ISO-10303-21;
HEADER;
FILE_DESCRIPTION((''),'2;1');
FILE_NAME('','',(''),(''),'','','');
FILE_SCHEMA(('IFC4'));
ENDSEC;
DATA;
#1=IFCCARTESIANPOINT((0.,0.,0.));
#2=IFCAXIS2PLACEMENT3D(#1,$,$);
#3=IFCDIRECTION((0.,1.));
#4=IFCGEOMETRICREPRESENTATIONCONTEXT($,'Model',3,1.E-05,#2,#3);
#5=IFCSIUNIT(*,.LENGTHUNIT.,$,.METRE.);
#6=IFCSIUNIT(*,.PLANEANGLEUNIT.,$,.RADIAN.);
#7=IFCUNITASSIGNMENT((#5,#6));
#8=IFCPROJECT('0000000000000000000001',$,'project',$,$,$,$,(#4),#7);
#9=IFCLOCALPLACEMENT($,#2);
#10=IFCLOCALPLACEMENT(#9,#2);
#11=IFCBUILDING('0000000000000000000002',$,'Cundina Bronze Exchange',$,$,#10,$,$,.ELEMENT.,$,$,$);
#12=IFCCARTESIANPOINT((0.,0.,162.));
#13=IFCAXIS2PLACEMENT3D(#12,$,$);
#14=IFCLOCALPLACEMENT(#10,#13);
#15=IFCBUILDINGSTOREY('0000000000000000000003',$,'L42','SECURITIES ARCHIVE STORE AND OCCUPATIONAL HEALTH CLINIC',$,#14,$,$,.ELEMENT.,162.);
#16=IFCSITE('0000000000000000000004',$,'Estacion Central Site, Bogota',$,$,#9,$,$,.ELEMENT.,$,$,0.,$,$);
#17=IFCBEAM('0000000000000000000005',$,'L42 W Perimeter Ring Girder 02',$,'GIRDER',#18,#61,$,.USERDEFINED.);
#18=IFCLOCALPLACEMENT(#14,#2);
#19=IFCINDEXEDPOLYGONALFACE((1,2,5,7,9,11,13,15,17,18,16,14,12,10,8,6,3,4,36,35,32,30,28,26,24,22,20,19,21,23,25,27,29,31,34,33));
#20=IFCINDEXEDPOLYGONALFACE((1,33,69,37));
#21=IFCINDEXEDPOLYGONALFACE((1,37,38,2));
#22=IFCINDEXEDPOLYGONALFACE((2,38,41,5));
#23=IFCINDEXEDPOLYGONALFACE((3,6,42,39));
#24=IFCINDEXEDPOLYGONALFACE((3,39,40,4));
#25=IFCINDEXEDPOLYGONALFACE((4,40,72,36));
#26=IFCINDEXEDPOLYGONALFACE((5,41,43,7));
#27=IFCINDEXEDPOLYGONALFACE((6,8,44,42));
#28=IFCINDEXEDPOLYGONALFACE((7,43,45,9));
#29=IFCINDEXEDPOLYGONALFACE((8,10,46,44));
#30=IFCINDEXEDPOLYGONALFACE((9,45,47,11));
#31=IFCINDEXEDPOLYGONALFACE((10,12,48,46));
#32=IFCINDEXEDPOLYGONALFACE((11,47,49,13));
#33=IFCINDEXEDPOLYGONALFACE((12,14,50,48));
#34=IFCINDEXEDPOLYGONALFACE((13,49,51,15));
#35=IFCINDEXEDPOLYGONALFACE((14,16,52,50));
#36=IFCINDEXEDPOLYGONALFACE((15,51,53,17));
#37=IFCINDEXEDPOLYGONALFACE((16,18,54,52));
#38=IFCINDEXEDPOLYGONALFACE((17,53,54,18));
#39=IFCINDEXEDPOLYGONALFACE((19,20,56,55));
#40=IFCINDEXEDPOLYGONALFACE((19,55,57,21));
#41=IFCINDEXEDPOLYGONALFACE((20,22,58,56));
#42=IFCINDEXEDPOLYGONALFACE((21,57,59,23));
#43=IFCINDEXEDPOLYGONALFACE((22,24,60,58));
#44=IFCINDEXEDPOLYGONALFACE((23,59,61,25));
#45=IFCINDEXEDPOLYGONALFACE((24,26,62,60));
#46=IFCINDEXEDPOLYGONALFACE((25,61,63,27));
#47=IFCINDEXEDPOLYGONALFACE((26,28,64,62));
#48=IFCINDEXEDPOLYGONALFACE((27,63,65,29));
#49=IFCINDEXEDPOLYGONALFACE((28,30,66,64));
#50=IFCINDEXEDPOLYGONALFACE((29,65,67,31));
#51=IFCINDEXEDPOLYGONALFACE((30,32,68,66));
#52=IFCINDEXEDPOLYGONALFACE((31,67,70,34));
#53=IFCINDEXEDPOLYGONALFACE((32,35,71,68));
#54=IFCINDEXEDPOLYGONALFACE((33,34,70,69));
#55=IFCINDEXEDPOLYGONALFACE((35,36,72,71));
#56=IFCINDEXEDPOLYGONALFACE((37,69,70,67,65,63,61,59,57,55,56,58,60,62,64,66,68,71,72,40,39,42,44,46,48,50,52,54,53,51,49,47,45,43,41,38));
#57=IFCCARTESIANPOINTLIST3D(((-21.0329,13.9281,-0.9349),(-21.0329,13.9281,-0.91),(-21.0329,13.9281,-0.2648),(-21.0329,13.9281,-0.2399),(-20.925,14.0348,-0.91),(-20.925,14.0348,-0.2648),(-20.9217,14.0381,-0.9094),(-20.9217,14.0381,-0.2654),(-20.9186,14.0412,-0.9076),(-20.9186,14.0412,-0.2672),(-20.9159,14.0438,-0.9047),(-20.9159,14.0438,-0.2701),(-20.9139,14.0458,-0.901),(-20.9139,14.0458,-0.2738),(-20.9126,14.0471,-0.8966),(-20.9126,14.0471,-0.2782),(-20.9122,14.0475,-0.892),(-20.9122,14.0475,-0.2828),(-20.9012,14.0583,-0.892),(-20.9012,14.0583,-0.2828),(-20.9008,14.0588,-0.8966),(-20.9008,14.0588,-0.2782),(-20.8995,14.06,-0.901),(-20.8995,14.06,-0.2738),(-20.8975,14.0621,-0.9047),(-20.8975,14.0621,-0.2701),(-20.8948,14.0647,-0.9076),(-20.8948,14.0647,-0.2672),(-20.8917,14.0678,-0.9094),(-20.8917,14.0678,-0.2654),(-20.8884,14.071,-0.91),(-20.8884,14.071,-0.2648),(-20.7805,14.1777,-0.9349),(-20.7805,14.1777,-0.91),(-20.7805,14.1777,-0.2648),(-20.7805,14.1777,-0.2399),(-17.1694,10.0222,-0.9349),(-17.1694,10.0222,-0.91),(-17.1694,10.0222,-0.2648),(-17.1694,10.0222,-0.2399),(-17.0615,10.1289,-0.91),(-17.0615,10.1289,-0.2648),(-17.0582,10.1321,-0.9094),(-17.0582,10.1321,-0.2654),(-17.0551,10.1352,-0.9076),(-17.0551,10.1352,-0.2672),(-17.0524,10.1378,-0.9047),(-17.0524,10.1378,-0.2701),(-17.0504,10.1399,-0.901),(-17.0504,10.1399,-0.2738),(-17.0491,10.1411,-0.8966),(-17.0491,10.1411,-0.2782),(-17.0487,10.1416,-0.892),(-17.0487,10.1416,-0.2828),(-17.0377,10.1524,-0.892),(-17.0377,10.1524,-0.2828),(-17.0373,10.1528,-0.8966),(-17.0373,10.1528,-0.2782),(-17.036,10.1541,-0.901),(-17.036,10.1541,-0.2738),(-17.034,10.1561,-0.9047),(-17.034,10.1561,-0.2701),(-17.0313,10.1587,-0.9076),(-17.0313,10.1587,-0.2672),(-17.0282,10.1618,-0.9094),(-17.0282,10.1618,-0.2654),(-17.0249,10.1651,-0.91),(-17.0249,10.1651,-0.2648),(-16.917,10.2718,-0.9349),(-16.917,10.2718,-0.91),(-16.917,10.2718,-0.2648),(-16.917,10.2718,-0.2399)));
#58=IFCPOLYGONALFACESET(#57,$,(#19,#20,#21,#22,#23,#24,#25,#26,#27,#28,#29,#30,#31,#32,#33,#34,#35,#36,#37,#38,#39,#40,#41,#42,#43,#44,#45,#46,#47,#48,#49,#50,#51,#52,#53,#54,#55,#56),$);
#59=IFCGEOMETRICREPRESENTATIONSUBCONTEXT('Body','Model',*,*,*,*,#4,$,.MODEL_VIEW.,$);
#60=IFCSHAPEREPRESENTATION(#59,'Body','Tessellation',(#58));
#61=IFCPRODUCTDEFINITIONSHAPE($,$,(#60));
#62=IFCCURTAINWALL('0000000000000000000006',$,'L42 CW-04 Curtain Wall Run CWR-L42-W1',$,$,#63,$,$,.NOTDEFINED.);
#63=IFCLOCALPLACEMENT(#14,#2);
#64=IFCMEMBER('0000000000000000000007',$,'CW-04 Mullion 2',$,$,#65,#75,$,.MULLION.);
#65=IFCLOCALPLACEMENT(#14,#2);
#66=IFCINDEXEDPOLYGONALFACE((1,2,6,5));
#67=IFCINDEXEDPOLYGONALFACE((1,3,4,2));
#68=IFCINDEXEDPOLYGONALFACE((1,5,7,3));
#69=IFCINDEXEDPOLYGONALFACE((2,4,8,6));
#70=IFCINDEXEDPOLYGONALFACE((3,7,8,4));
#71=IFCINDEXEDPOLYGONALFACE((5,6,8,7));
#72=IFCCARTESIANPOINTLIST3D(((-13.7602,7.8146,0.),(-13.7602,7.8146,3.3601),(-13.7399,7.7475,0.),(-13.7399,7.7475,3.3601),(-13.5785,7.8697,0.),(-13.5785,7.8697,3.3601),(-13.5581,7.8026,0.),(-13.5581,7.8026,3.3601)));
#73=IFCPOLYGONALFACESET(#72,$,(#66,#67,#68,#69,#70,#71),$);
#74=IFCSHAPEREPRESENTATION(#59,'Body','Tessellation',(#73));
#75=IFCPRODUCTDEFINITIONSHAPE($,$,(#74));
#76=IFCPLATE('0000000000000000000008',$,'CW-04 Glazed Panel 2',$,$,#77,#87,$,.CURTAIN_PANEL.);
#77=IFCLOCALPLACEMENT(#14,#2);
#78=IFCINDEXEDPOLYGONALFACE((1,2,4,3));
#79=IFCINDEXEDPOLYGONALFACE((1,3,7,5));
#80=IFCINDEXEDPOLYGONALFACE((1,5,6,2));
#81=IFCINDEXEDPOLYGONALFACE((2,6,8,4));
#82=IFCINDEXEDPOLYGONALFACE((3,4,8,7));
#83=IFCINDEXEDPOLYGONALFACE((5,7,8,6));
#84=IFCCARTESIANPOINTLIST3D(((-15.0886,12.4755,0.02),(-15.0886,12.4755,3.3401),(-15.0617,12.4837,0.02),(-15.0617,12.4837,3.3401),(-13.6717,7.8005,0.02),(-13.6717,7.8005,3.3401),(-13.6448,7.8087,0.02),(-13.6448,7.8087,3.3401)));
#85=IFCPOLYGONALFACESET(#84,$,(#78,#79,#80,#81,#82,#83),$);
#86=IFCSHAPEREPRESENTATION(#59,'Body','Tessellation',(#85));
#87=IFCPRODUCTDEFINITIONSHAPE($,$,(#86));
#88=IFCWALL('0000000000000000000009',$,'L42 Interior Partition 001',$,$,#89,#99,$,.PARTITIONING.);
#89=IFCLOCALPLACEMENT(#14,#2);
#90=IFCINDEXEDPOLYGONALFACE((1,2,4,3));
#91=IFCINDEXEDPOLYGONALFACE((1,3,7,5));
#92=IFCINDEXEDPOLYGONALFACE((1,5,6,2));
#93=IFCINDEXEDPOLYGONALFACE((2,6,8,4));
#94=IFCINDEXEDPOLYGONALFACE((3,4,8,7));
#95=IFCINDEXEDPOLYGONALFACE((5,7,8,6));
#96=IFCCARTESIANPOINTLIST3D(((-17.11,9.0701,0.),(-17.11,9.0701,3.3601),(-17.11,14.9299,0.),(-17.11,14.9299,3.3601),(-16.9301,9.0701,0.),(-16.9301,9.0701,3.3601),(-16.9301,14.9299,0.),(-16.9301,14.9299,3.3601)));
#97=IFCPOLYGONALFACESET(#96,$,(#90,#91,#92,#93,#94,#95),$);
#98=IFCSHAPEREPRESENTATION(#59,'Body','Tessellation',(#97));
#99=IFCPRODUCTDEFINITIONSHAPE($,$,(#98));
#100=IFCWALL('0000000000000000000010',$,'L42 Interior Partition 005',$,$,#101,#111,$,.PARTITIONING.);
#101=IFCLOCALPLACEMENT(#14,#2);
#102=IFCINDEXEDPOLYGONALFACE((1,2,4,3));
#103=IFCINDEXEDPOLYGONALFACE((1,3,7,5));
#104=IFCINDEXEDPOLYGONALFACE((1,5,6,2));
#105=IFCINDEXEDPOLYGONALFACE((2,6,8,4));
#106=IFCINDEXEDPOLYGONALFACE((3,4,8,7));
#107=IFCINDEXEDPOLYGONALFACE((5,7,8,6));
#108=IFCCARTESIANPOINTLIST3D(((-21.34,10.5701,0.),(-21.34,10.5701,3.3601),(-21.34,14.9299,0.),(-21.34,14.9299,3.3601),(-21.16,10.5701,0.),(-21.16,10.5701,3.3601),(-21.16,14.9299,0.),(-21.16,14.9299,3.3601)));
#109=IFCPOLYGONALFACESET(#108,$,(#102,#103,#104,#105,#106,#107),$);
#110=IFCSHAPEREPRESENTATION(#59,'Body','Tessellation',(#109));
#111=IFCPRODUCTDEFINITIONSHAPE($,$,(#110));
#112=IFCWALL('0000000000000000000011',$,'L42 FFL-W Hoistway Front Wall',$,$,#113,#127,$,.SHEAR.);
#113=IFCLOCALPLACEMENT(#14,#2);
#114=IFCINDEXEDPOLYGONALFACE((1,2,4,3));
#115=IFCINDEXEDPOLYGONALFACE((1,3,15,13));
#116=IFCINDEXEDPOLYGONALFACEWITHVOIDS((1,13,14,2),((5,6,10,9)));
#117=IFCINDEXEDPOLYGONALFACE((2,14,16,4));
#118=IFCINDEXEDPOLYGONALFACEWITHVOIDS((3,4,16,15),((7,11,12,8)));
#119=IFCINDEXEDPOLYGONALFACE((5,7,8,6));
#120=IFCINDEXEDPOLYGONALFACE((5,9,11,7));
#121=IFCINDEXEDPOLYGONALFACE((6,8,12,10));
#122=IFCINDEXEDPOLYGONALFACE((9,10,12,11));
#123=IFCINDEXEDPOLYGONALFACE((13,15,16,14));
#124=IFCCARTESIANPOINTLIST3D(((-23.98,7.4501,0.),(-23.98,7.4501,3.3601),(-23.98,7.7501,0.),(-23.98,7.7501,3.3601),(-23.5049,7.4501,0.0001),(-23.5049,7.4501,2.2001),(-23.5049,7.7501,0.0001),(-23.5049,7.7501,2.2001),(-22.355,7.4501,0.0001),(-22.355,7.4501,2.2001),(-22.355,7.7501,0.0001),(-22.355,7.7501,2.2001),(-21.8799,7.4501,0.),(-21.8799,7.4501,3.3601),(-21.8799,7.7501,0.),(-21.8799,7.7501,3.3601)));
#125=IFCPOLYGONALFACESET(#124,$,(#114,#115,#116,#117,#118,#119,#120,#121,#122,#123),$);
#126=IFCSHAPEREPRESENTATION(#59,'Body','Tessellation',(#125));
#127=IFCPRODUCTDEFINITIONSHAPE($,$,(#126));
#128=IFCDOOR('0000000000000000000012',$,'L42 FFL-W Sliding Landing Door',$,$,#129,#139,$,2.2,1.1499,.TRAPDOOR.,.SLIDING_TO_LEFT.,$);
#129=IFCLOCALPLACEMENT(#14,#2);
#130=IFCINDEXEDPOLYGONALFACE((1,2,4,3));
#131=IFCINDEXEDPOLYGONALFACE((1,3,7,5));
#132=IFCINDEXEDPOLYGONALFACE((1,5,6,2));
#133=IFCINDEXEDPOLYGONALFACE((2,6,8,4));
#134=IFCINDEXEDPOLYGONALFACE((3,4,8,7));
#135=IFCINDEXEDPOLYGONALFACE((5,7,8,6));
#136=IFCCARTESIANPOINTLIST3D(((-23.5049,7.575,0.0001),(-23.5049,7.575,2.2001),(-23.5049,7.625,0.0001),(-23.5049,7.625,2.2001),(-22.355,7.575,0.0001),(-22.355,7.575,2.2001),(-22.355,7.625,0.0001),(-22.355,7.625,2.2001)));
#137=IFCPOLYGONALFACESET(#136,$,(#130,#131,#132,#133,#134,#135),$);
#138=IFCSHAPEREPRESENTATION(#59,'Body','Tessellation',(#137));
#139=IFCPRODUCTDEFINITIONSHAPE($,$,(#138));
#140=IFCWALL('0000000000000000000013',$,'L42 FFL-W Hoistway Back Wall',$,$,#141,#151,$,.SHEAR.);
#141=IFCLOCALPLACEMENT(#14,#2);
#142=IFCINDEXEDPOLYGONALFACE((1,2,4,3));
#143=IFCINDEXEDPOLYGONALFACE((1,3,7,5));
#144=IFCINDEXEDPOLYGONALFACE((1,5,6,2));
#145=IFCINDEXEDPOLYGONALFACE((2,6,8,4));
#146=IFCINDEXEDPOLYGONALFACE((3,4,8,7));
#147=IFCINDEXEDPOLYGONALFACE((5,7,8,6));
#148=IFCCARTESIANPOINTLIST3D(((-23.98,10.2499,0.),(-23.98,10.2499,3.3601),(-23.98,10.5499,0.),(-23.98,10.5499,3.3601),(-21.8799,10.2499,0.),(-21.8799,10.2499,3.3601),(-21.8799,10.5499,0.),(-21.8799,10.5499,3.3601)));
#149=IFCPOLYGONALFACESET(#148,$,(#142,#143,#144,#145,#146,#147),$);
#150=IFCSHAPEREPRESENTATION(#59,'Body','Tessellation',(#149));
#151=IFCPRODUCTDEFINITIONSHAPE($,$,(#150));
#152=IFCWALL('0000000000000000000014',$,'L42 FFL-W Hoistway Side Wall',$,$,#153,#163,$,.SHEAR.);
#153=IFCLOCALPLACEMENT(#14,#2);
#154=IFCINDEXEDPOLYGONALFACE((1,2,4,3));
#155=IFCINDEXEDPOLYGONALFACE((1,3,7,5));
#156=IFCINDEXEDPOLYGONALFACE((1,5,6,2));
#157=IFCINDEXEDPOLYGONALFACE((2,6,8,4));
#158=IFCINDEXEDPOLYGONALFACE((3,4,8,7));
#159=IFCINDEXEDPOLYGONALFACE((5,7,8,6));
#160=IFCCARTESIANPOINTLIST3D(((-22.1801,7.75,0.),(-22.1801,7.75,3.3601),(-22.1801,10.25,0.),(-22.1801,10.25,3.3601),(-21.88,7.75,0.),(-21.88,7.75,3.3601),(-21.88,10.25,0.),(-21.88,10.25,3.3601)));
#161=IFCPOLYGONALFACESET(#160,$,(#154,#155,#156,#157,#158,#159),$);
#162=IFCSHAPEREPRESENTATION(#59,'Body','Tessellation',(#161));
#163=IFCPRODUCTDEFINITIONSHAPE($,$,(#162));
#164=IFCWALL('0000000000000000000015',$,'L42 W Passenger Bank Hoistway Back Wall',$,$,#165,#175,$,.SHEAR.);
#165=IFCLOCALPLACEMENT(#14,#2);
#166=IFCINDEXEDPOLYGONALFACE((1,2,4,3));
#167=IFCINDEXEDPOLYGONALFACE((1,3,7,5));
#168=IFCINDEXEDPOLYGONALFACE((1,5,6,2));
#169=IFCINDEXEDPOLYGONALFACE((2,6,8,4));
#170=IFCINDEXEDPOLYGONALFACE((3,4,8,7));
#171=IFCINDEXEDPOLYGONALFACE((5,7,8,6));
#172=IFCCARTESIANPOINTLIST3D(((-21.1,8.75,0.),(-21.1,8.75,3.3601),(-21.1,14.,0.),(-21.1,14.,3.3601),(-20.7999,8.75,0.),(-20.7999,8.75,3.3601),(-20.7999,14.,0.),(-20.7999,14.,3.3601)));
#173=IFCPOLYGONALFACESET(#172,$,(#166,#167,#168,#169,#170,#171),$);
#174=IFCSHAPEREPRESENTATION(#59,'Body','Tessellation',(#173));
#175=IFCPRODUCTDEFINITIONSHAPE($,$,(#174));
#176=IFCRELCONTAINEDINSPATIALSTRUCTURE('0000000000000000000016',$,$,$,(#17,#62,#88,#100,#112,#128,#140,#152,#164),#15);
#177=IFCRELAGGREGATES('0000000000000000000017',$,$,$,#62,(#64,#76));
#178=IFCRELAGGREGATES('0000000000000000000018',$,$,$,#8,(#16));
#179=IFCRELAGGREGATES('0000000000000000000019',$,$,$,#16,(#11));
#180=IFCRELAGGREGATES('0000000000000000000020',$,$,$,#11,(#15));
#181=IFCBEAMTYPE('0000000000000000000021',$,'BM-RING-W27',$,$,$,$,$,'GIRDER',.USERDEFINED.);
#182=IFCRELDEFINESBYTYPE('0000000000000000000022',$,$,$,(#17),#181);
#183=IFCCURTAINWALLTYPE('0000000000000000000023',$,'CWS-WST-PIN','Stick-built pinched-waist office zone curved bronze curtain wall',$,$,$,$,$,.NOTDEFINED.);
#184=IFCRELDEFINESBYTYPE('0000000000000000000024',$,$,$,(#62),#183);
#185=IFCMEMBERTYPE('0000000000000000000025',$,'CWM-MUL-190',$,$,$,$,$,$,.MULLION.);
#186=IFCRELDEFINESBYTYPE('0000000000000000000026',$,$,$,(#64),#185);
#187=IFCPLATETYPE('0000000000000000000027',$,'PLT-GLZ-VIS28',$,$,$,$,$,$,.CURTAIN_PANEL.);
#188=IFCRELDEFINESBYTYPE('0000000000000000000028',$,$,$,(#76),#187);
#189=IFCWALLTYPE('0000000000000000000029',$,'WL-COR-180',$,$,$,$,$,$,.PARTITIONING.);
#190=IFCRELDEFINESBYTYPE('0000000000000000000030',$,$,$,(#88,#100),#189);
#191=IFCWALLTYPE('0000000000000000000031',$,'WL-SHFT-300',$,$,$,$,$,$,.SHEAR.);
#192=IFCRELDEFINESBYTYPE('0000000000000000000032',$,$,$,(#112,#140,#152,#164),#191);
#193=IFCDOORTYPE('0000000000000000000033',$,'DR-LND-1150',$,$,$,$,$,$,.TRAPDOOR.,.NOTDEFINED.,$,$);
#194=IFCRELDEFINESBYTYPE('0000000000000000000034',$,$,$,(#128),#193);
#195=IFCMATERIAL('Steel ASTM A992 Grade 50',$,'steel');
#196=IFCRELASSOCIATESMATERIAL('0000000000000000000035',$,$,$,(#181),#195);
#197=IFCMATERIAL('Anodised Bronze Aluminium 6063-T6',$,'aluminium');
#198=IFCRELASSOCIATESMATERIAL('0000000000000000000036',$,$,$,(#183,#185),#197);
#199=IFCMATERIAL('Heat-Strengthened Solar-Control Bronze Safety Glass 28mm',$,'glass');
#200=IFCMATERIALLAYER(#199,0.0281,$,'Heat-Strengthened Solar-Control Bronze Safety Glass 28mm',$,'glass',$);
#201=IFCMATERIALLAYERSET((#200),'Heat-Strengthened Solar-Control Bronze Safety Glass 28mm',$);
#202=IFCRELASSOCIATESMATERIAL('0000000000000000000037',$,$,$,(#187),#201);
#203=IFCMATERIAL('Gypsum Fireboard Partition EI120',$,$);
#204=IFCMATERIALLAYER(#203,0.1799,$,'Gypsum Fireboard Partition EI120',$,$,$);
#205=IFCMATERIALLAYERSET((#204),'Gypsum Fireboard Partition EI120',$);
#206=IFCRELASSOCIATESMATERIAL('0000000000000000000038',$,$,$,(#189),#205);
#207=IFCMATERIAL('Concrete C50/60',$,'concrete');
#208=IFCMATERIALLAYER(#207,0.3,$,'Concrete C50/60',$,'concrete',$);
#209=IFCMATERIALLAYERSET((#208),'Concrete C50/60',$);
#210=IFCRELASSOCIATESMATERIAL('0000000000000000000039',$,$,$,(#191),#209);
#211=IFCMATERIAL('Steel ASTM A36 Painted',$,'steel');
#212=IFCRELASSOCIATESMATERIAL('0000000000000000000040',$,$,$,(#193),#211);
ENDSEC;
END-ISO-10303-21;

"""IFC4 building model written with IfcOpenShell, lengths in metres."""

from ifc_helpers import new_model, si_unit, direction, frame, frame_2d, origin, origin_2d, place, context, subcontext, project, spatial, rectangle, i_section, extrude, material, layer, layer_set, material_profile, profile_set, type_object, element, fill, aggregate, save


model = new_model("IFC4")

# Units and contexts
model_context = context("Model", 3, precision=1e-05, world=origin(), true_north=direction((0.0, 1.0)))
body_context = subcontext(model_context, "Body", "Model", "MODEL_VIEW")
ifc_project = project(units=[si_unit("LENGTHUNIT", "METRE"), si_unit("PLANEANGLEUNIT", "RADIAN")], contexts=[model_context])

# Site, building, storey
site_placement = place(None, origin())
site = spatial("IfcSite", under=ifc_project, at=site_placement, Name="Estacion Central Site, Bogota", CompositionType="ELEMENT", RefElevation=0.0)
building_placement = place(site_placement, origin())
building = spatial("IfcBuilding", under=site, at=building_placement, Name="Cundina Bronze Exchange", CompositionType="ELEMENT")
storey_placement = place(building_placement, frame((0.0, 0.0, 162.0)))
storey = spatial("IfcBuildingStorey", under=building, at=storey_placement, Name="L42", Description="SECURITIES ARCHIVE STORE AND OCCUPATIONAL HEALTH CLINIC", CompositionType="ELEMENT", Elevation=162.0)

# Shared definitions
ifc_material_1 = material(Name="Concrete C50/60", Category="concrete")

# Beam
ifc_material_2 = material(Name="Steel ASTM A992 Grade 50", Category="steel")
ifc_material_profile_1 = material_profile(ifc_material_2, i_section(OverallWidth=0.355, OverallDepth=0.6951, WebThickness=0.0154, FlangeThickness=0.0249, FilletRadius=0.0181, at=origin_2d()), Name="W27X146", Category="steel")
ifc_profile_set_1 = profile_set([ifc_material_profile_1], Name="Steel ASTM A992 Grade 50")
beam_type_1 = type_object("IfcBeamType", Name="BM-RING-W27", ElementType="GIRDER", PredefinedType="USERDEFINED", material=ifc_profile_set_1)
beam_1_placement = place(storey_placement, frame((-17.0432, 10.147, -0.5874), z_axis=(-0.70323, 0.710962, 0.0), x_axis=(-0.710962, -0.70323, 0.0)))
element("IfcBeam", 1, at=beam_1_placement, inside=storey, type_object=beam_type_1, Name="L42 W Perimeter Ring Girder 02", ObjectType="GIRDER", PredefinedType="USERDEFINED", context=body_context, shape_type="SweptSolid", body=[
    extrude(i_section(OverallWidth=0.355, OverallDepth=0.6951, WebThickness=0.0154, FlangeThickness=0.0249, FilletRadius=0.0181, at=origin_2d()), origin(), (0.0, 0.0, 1.0), 5.4939),
])

# Curtain wall, member, plate
ifc_material_3 = material(Name="Anodised Bronze Aluminium 6063-T6", Category="aluminium")
curtain_wall_type = type_object("IfcCurtainWallType", Name="CWS-WST-PIN", Description="Stick-built pinched-waist office zone curved bronze curtain wall", PredefinedType="NOTDEFINED", material=ifc_material_3)
curtain_wall_placement = place(storey_placement, origin())
curtain_wall = element("IfcCurtainWall", 2, at=curtain_wall_placement, inside=storey, type_object=curtain_wall_type, Name="L42 CW-04 Curtain Wall Run CWR-L42-W1", PredefinedType="NOTDEFINED")
ifc_material_profile_2 = material_profile(ifc_material_3, rectangle(XDim=0.0701, YDim=0.1899, at=origin_2d()), Name="AL70X190", Category="aluminium")
ifc_profile_set_2 = profile_set([ifc_material_profile_2], Name="Anodised Bronze Aluminium 6063-T6")
member_type = type_object("IfcMemberType", Name="CWM-MUL-190", PredefinedType="MULLION", material=ifc_profile_set_2)
member_placement = place(storey_placement, frame((-13.6592, 7.8086, 0.0), z_axis=(0.0, 0.0, 1.0), x_axis=(-0.290034, 0.957016, 0.0)))
member = element("IfcMember", 3, at=member_placement, type_object=member_type, Name="CW-04 Mullion 2", PredefinedType="MULLION", context=body_context, shape_type="SweptSolid", body=[
    extrude(rectangle(XDim=0.0701, YDim=0.1899, at=origin_2d()), origin(), (0.0, 0.0, 1.0), 3.3601),
])
ifc_material_4 = material(Name="Heat-Strengthened Solar-Control Bronze Safety Glass 28mm", Category="glass")
ifc_layer_1 = layer(ifc_material_4, 0.0281, Name="Heat-Strengthened Solar-Control Bronze Safety Glass 28mm", Category="glass")
ifc_layer_set_1 = layer_set([ifc_layer_1], Name="Heat-Strengthened Solar-Control Bronze Safety Glass 28mm")
plate_type = type_object("IfcPlateType", Name="PLT-GLZ-VIS28", PredefinedType="CURTAIN_PANEL", material=ifc_layer_set_1)
plate_placement = place(storey_placement, frame((-14.3667, 10.1421, 0.02), z_axis=(0.0, 0.0, 1.0), x_axis=(-0.290051, 0.957011, 0.0)))
plate = element("IfcPlate", 4, at=plate_placement, type_object=plate_type, Name="CW-04 Glazed Panel 2", PredefinedType="CURTAIN_PANEL", context=body_context, shape_type="SweptSolid", body=[
    extrude(rectangle(XDim=4.885, YDim=0.0281, at=origin_2d()), origin(), (0.0, 0.0, 1.0), 3.3201),
])
aggregate(curtain_wall, [member, plate])

# Walls
ifc_material_5 = material(Name="Gypsum Fireboard Partition EI120")
ifc_layer_2 = layer(ifc_material_5, 0.1799, Name="Gypsum Fireboard Partition EI120")
ifc_layer_set_2 = layer_set([ifc_layer_2], Name="Gypsum Fireboard Partition EI120")
wall_type_1 = type_object("IfcWallType", Name="WL-COR-180", PredefinedType="PARTITIONING", material=ifc_layer_set_2)
wall_1_placement = place(storey_placement, frame((-17.02, 9.0701, 0.0), z_axis=(0.0, 0.0, 1.0), x_axis=(0.0, 1.0, 0.0)))
element("IfcWall", 5, at=wall_1_placement, inside=storey, type_object=wall_type_1, Name="L42 Interior Partition 001", PredefinedType="PARTITIONING", context=body_context, shape_type="SweptSolid", body=[
    extrude(rectangle(XDim=5.8599, YDim=0.1799, at=frame_2d((2.9299, 0.0))), origin(), (0.0, 0.0, 1.0), 3.3601),
])
wall_2_placement = place(storey_placement, frame((-21.25, 10.5701, 0.0), z_axis=(0.0, 0.0, 1.0), x_axis=(0.0, 1.0, 0.0)))
element("IfcWall", 6, at=wall_2_placement, inside=storey, type_object=wall_type_1, Name="L42 Interior Partition 005", PredefinedType="PARTITIONING", context=body_context, shape_type="SweptSolid", body=[
    extrude(rectangle(XDim=4.3599, YDim=0.1799, at=frame_2d((2.1799, 0.0))), origin(), (0.0, 0.0, 1.0), 3.3601),
])

# Wall, opening, door
ifc_layer_3 = layer(ifc_material_1, 0.3, Name="Concrete C50/60", Category="concrete")
ifc_layer_set_3 = layer_set([ifc_layer_3], Name="Concrete C50/60")
wall_type_2 = type_object("IfcWallType", Name="WL-SHFT-300", PredefinedType="SHEAR", material=ifc_layer_set_3)
ifc_material_6 = material(Name="Steel ASTM A36 Painted", Category="steel")
wall_3_placement = place(storey_placement, frame((-23.98, 7.6001, 0.0), z_axis=(0.0, 0.0, 1.0), x_axis=(1.0, 0.0, 0.0)))
wall_3 = element("IfcWall", 7, at=wall_3_placement, inside=storey, type_object=wall_type_2, Name="L42 FFL-W Hoistway Front Wall", PredefinedType="SHEAR", context=body_context, shape_type="SweptSolid", body=[
    extrude(rectangle(XDim=2.1001, YDim=0.3, at=frame_2d((1.05, 0.0))), origin(), (0.0, 0.0, 1.0), 3.3601),
])
opening_1_placement = place(wall_3_placement, frame((0.4751, 0.0, 0.0)))
opening_1 = element("IfcOpeningElement", 8, at=opening_1_placement, cuts=wall_3, PredefinedType="OPENING", context=body_context, shape_type="SweptSolid", body=[
    extrude(rectangle(XDim=1.1499, YDim=2.2, at=frame_2d((0.575, 1.1001))), frame((0.0, 0.1599, 0.0), z_axis=(0.0, -1.0, 0.0), x_axis=(1.0, 0.0, 0.0)), (0.0, 0.0, 1.0), 0.3201),
])
door_type_1 = type_object("IfcDoorType", Name="DR-LND-1150", OperationType="NOTDEFINED", PredefinedType="TRAPDOOR", material=ifc_material_6)
door_1_placement = place(opening_1_placement, origin())
door_1 = element("IfcDoor", 9, at=door_1_placement, inside=storey, type_object=door_type_1, Name="L42 FFL-W Sliding Landing Door", OperationType="SLIDING_TO_LEFT", OverallHeight=2.2, OverallWidth=1.1499, PredefinedType="TRAPDOOR", context=body_context, shape_type="SweptSolid", body=[
    extrude(rectangle(XDim=1.1499, YDim=2.2, at=frame_2d((0.575, 1.1001))), frame((0.0, 0.0249, 0.0), z_axis=(0.0, -1.0, 0.0), x_axis=(1.0, 0.0, 0.0)), (0.0, 0.0, 1.0), 0.05),
])
fill(opening_1, door_1)

# Walls
wall_4_placement = place(storey_placement, frame((-23.98, 10.3999, 0.0), z_axis=(0.0, 0.0, 1.0), x_axis=(1.0, 0.0, 0.0)))
element("IfcWall", 10, at=wall_4_placement, inside=storey, type_object=wall_type_2, Name="L42 FFL-W Hoistway Back Wall", PredefinedType="SHEAR", context=body_context, shape_type="SweptSolid", body=[
    extrude(rectangle(XDim=2.1001, YDim=0.3, at=frame_2d((1.05, 0.0))), origin(), (0.0, 0.0, 1.0), 3.3601),
])
wall_5_placement = place(storey_placement, frame((-22.03, 7.75, 0.0), z_axis=(0.0, 0.0, 1.0), x_axis=(0.0, 1.0, 0.0)))
element("IfcWall", 11, at=wall_5_placement, inside=storey, type_object=wall_type_2, Name="L42 FFL-W Hoistway Side Wall", PredefinedType="SHEAR", context=body_context, shape_type="SweptSolid", body=[
    extrude(rectangle(XDim=2.5, YDim=0.3, at=frame_2d((1.25, 0.0))), origin(), (0.0, 0.0, 1.0), 3.3601),
])
wall_6_placement = place(storey_placement, frame((-20.95, 8.75, 0.0), z_axis=(0.0, 0.0, 1.0), x_axis=(0.0, 1.0, 0.0)))
element("IfcWall", 12, at=wall_6_placement, inside=storey, type_object=wall_type_2, Name="L42 W Passenger Bank Hoistway Back Wall", PredefinedType="SHEAR", context=body_context, shape_type="SweptSolid", body=[
    extrude(rectangle(XDim=5.25, YDim=0.3, at=frame_2d((2.625, 0.0))), origin(), (0.0, 0.0, 1.0), 3.3601),
])

save(model, "model.ifc")
